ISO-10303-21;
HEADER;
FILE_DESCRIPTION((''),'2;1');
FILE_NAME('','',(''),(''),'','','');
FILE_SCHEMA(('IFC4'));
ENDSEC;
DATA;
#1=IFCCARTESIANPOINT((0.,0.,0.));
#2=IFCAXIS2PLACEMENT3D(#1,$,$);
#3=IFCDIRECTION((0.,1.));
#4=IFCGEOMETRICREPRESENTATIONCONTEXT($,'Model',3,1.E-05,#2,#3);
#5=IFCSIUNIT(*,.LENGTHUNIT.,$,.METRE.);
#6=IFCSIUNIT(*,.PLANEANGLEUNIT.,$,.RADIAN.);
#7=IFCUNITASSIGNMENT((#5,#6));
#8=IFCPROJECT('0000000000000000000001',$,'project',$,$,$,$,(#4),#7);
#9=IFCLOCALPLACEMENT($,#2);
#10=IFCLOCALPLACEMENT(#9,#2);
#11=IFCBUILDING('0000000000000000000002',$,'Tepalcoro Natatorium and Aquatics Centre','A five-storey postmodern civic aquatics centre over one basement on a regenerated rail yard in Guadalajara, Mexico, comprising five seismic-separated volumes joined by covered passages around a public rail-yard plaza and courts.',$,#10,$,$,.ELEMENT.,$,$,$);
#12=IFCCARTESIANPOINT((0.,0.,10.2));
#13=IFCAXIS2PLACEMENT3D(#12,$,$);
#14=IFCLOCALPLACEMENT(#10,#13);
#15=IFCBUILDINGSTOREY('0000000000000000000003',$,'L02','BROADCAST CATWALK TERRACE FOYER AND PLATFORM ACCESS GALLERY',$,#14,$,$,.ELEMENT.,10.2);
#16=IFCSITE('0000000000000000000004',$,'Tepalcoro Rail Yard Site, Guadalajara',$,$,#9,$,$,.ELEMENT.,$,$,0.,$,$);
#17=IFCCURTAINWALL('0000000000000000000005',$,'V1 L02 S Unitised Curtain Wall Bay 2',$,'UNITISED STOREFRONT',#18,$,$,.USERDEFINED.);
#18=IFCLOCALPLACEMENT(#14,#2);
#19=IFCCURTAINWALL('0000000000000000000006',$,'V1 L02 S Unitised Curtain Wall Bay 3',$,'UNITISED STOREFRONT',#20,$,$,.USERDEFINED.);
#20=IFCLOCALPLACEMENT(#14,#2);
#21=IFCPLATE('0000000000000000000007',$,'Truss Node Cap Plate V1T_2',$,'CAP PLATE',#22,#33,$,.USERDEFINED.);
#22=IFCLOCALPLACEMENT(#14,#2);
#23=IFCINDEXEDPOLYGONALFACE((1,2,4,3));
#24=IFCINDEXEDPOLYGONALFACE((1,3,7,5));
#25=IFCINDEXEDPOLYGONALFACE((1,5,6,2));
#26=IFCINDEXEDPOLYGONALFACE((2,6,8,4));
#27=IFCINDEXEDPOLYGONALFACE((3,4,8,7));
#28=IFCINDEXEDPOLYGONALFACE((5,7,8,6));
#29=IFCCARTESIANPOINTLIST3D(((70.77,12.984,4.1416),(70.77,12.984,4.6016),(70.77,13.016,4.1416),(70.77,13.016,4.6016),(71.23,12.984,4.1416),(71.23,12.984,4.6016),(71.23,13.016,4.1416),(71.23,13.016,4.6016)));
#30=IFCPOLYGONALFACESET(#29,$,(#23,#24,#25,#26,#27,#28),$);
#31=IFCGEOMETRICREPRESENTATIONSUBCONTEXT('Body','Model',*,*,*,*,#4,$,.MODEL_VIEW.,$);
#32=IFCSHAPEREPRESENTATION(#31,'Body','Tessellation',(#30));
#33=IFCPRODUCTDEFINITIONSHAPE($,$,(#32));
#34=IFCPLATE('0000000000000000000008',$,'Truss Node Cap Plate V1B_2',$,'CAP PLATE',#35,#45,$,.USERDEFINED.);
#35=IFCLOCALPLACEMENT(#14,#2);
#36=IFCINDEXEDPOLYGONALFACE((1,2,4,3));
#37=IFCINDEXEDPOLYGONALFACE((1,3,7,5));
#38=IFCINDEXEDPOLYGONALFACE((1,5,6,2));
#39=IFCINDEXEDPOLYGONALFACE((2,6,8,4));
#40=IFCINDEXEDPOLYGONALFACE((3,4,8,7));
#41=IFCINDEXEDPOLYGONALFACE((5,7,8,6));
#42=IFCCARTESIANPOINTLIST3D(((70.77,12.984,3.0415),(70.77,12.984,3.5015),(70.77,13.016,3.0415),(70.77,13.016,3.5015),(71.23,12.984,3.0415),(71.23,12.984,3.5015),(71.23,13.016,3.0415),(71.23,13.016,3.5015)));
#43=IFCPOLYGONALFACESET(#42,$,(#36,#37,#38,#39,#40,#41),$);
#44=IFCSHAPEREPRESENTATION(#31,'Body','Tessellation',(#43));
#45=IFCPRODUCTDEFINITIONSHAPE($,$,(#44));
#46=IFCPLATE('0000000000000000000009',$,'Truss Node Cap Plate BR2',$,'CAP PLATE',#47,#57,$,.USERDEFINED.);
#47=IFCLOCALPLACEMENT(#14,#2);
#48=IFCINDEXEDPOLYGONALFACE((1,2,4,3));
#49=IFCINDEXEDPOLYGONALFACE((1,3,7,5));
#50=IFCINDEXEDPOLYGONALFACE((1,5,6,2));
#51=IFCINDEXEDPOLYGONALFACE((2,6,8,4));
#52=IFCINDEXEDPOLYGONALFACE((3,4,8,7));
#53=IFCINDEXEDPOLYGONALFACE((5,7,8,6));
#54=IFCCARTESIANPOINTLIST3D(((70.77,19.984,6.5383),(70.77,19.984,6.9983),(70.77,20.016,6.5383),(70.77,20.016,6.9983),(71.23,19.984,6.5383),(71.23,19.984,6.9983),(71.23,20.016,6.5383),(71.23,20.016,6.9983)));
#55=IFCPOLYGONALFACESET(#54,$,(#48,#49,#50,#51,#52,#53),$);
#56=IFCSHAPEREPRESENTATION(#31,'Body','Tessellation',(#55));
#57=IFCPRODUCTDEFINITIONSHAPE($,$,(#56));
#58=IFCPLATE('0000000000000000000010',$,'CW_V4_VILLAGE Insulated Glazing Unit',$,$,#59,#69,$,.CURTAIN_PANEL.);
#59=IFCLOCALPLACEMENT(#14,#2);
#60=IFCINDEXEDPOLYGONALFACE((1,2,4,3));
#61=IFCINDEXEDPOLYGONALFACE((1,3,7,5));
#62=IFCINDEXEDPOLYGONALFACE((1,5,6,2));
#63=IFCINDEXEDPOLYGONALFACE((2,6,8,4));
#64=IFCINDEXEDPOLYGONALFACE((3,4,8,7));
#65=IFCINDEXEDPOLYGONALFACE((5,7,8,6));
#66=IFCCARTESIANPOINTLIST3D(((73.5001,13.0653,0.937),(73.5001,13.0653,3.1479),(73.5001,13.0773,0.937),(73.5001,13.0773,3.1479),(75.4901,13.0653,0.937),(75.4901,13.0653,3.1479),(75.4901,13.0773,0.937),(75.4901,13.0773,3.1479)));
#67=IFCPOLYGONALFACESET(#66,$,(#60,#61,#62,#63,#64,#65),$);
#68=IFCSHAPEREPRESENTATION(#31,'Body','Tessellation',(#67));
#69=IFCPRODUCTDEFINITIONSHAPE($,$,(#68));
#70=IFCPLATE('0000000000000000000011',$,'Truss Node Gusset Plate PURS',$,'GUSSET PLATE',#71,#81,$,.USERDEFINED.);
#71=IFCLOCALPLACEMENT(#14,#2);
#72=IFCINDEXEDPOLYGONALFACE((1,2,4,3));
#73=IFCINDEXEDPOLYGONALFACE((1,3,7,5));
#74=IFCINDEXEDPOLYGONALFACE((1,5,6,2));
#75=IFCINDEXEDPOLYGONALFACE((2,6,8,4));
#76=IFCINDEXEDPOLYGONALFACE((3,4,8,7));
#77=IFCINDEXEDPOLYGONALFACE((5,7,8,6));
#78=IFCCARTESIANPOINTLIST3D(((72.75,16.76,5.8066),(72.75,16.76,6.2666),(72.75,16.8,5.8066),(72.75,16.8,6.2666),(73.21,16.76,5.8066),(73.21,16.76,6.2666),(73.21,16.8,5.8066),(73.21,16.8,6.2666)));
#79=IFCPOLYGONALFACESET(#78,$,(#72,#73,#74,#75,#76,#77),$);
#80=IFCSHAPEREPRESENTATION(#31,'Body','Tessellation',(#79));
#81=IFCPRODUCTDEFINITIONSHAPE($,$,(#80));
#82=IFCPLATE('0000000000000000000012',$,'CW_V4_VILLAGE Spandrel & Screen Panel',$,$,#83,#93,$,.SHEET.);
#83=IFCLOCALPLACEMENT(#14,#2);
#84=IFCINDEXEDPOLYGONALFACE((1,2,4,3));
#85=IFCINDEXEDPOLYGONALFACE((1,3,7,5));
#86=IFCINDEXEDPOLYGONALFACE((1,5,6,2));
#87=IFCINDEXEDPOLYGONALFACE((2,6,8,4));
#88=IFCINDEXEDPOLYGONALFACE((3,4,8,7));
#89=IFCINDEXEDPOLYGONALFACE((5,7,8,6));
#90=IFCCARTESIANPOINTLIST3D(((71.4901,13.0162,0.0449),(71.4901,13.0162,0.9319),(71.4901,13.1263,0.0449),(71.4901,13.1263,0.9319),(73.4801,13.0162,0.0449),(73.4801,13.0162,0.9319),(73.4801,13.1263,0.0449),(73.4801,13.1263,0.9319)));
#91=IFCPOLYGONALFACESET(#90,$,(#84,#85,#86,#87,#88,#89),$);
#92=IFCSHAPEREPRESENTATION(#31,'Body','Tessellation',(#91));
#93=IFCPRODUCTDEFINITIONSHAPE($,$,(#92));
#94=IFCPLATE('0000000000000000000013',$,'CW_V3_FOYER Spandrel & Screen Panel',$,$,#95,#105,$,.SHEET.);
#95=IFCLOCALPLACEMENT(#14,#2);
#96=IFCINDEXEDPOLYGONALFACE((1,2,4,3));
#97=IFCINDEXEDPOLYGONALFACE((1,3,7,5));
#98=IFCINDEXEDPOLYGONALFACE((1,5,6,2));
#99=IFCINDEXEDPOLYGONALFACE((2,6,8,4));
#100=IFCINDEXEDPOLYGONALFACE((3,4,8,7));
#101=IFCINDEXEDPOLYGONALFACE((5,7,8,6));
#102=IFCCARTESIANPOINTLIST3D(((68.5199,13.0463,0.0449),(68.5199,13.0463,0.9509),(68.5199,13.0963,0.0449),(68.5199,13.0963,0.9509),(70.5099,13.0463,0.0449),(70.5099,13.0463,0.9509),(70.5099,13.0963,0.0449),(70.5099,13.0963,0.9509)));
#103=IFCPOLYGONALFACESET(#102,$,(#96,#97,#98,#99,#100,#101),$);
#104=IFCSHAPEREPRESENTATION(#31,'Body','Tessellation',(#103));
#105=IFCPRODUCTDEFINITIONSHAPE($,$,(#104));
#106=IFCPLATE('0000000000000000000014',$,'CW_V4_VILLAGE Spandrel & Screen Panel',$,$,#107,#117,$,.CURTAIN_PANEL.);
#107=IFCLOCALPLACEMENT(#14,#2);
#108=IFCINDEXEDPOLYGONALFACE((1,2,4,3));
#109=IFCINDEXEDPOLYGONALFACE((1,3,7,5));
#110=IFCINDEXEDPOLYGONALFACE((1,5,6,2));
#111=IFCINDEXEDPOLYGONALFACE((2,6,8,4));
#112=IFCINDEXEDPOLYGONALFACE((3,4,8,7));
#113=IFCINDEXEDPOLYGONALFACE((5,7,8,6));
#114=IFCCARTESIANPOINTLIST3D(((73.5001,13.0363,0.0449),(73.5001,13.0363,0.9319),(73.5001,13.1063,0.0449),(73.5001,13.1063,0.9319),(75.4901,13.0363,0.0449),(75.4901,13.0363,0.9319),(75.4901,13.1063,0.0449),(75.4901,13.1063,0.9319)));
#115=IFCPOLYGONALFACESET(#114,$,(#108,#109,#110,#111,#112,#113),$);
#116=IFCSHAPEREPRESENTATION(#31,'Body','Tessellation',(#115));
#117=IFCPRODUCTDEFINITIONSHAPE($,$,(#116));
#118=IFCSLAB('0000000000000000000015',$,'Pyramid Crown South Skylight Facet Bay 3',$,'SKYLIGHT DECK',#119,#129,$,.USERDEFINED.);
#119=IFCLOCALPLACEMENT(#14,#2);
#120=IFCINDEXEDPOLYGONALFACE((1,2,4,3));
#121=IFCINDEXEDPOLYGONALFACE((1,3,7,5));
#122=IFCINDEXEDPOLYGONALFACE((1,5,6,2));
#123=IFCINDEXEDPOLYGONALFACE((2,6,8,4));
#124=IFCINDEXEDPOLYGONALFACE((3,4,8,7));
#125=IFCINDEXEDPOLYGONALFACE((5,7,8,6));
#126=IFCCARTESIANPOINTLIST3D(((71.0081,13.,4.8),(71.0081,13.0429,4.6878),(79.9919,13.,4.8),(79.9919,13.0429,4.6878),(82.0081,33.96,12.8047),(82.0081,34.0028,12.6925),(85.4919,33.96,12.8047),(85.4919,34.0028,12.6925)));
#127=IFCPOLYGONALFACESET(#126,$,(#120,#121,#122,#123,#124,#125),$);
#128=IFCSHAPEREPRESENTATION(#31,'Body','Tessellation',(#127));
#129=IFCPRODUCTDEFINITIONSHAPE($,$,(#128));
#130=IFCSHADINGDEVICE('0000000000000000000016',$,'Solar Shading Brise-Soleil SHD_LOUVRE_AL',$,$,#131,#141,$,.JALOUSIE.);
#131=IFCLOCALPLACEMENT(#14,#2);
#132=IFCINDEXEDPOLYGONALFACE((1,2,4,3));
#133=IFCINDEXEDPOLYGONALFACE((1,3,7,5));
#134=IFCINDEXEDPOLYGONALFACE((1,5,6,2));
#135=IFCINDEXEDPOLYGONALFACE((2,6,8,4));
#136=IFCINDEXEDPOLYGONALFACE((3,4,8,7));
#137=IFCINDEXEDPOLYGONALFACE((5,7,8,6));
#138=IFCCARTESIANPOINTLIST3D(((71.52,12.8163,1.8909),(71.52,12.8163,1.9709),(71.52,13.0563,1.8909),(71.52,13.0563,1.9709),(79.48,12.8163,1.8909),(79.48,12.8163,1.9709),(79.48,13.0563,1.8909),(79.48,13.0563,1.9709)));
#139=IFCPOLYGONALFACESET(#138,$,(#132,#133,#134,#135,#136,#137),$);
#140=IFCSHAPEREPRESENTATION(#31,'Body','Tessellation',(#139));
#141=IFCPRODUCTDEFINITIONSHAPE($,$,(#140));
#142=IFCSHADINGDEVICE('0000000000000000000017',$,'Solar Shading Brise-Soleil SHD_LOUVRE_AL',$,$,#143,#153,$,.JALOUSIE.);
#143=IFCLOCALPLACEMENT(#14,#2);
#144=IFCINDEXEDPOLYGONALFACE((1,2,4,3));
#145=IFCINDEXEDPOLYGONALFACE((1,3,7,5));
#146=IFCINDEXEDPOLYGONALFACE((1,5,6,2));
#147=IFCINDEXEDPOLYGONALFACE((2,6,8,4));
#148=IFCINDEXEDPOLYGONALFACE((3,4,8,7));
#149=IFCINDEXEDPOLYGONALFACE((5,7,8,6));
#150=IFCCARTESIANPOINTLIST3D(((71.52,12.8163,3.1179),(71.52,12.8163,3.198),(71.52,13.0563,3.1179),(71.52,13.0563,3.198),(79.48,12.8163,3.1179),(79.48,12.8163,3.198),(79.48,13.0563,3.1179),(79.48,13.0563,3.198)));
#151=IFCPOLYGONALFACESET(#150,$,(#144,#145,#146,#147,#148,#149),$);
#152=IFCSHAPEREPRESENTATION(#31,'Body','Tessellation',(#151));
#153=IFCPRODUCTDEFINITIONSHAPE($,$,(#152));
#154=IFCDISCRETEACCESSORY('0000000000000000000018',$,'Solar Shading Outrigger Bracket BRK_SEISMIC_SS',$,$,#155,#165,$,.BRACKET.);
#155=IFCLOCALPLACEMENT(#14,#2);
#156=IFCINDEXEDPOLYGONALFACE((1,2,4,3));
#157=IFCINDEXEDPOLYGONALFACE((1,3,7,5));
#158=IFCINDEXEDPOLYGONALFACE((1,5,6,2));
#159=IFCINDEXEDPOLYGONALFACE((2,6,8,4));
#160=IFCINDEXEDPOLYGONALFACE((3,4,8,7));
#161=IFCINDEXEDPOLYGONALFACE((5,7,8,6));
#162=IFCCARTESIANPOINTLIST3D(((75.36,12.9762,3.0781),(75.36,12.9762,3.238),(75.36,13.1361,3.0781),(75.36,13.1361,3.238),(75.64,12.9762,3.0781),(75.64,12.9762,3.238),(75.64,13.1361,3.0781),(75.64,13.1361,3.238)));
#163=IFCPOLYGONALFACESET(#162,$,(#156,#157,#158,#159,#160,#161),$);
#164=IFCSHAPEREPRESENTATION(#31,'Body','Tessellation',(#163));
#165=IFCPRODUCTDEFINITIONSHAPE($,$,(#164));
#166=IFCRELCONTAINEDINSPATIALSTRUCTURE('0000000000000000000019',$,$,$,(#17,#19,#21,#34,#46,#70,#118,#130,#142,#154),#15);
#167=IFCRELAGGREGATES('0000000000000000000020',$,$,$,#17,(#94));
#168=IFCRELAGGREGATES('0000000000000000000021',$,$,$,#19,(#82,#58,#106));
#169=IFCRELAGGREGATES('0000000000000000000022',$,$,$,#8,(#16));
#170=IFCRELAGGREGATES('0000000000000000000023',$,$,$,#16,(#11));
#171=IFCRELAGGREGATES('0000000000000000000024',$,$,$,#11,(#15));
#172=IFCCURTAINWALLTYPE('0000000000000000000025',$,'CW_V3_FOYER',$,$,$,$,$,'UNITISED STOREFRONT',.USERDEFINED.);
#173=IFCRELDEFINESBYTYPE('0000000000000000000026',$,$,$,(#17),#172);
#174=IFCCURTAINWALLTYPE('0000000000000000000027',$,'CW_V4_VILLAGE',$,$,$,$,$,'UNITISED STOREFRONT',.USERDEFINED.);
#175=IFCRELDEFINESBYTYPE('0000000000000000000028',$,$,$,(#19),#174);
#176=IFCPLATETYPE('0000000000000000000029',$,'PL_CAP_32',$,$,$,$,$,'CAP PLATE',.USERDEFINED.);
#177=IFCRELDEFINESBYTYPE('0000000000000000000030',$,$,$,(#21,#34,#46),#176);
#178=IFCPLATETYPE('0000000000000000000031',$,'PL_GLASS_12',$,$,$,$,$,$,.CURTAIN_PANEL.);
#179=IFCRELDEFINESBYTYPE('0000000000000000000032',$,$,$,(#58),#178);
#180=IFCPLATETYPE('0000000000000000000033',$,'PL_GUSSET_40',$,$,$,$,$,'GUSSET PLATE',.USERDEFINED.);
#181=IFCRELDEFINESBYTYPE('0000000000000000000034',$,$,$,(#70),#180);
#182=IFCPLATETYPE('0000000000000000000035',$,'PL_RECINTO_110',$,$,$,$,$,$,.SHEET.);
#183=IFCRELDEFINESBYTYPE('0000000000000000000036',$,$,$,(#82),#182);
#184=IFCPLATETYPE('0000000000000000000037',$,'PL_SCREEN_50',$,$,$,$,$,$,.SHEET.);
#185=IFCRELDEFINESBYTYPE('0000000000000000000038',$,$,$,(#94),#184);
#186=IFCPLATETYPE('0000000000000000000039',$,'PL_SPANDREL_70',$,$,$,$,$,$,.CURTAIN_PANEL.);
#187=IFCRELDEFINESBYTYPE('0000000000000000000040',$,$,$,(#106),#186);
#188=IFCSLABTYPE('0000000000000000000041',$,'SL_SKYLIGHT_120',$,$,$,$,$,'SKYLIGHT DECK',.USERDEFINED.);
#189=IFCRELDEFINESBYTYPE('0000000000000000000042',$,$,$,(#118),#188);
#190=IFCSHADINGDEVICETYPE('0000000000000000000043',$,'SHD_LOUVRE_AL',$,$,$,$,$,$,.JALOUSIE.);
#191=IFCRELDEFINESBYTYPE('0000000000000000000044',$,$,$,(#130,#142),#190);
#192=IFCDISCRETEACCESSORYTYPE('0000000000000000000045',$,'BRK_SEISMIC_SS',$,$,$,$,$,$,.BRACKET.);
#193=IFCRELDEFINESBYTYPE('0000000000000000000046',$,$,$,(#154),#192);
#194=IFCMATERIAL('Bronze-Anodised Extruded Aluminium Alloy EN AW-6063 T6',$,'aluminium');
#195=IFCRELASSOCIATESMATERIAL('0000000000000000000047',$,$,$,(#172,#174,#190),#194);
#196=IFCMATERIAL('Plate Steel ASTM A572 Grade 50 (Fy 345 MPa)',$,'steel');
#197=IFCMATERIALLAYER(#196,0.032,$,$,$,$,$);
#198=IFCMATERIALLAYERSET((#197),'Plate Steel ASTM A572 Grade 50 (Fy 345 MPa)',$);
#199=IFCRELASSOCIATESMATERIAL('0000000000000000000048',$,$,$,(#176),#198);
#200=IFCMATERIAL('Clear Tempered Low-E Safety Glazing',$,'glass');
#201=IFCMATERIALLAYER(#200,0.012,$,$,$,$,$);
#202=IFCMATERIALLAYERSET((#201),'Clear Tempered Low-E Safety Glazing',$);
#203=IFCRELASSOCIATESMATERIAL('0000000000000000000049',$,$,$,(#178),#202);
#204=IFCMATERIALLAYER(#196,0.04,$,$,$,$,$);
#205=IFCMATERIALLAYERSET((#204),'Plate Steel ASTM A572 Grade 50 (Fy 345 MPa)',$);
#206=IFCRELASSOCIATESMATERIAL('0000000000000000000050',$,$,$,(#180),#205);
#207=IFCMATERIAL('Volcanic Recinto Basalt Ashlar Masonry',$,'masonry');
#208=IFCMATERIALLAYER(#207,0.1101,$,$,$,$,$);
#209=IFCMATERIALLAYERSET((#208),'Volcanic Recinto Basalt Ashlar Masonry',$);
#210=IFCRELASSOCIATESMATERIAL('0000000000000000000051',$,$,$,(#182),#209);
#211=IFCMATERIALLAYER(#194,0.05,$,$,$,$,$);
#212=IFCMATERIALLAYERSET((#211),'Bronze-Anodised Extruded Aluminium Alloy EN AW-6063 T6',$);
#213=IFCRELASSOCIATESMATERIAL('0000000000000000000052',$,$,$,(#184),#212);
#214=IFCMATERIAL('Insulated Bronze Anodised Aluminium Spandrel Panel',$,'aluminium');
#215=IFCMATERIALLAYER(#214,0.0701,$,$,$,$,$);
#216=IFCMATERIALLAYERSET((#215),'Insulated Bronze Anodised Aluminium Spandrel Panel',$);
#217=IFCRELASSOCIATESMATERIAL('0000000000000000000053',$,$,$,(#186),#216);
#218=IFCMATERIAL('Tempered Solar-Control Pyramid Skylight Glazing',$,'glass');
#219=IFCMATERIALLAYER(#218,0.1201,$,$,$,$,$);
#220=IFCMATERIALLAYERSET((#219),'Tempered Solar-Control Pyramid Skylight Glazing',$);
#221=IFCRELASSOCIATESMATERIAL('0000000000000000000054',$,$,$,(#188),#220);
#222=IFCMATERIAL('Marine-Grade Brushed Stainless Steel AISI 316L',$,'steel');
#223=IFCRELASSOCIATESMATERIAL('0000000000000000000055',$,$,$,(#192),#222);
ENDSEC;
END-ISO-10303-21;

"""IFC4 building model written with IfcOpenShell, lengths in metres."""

from ifc_helpers import new_model, si_unit, direction, frame, origin, origin_2d, place, context, subcontext, project, spatial, polyline, rectangle, outline, extrude, material, layer, layer_set, type_object, element, aggregate, save


model = new_model("IFC4")

# Units and contexts
model_context = context("Model", 3, precision=1e-05, world=origin(), true_north=direction((0.0, 1.0)))
body_context = subcontext(model_context, "Body", "Model", "MODEL_VIEW")
ifc_project = project(units=[si_unit("LENGTHUNIT", "METRE"), si_unit("PLANEANGLEUNIT", "RADIAN")], contexts=[model_context])

# Site, building, storey
site_placement = place(None, origin())
site = spatial("IfcSite", under=ifc_project, at=site_placement, Name="Tepalcoro Rail Yard Site, Guadalajara", CompositionType="ELEMENT", RefElevation=0.0)
building_placement = place(site_placement, origin())
building = spatial("IfcBuilding", under=site, at=building_placement, Name="Tepalcoro Natatorium and Aquatics Centre", Description="A five-storey postmodern civic aquatics centre over one basement on a regenerated rail yard in Guadalajara, Mexico, comprising five seismic-separated volumes joined by covered passages around a public rail-yard plaza and courts.", CompositionType="ELEMENT")
storey_placement = place(building_placement, frame((0.0, 0.0, 10.2)))
storey = spatial("IfcBuildingStorey", under=building, at=storey_placement, Name="L02", Description="BROADCAST CATWALK TERRACE FOYER AND PLATFORM ACCESS GALLERY", CompositionType="ELEMENT", Elevation=10.2)

# Curtain wall
ifc_material_1 = material(Name="Bronze-Anodised Extruded Aluminium Alloy EN AW-6063 T6", Category="aluminium")
curtain_wall_type_1 = type_object("IfcCurtainWallType", Name="CW_V3_FOYER", ElementType="UNITISED STOREFRONT", PredefinedType="USERDEFINED", material=ifc_material_1)
curtain_wall_1_placement = place(storey_placement, origin())
curtain_wall_1 = element("IfcCurtainWall", 1, at=curtain_wall_1_placement, inside=storey, type_object=curtain_wall_type_1, Name="V1 L02 S Unitised Curtain Wall Bay 2", ObjectType="UNITISED STOREFRONT", PredefinedType="USERDEFINED")

# Curtain wall
curtain_wall_type_2 = type_object("IfcCurtainWallType", Name="CW_V4_VILLAGE", ElementType="UNITISED STOREFRONT", PredefinedType="USERDEFINED", material=ifc_material_1)
curtain_wall_2_placement = place(storey_placement, origin())
curtain_wall_2 = element("IfcCurtainWall", 2, at=curtain_wall_2_placement, inside=storey, type_object=curtain_wall_type_2, Name="V1 L02 S Unitised Curtain Wall Bay 3", ObjectType="UNITISED STOREFRONT", PredefinedType="USERDEFINED")

# Plates
ifc_material_2 = material(Name="Plate Steel ASTM A572 Grade 50 (Fy 345 MPa)", Category="steel")
ifc_layer_1 = layer(ifc_material_2, 0.032)
ifc_layer_set_1 = layer_set([ifc_layer_1], Name="Plate Steel ASTM A572 Grade 50 (Fy 345 MPa)")
plate_type_1 = type_object("IfcPlateType", Name="PL_CAP_32", ElementType="CAP PLATE", PredefinedType="USERDEFINED", material=ifc_layer_set_1)
for number, where, z_axis, x_axis, name in (
    (3, (71.0, 13.0, 4.1416), (0.0, 0.0, 1.0), (1.0, 0.0, 0.0), "Truss Node Cap Plate V1T_2"),
    (4, (71.0, 13.0, 3.0415), (0.0, 0.0, 1.0), (1.0, 0.0, 0.0), "Truss Node Cap Plate V1B_2"),
    (5, (71.0, 20.0, 6.5383), (0.0, 0.0, 1.0), (1.0, 0.0, 0.0), "Truss Node Cap Plate BR2"),
):
    element("IfcPlate", number, at=place(storey_placement, frame(where, z_axis=z_axis, x_axis=x_axis)), inside=storey, type_object=plate_type_1, Name=name, ObjectType="CAP PLATE", PredefinedType="USERDEFINED", context=body_context, shape_type="SweptSolid", body=[
        extrude(rectangle(XDim=0.46, YDim=0.032, at=origin_2d()), origin(), (0.0, 0.0, 1.0), 0.46),
    ])

# Plates
ifc_material_3 = material(Name="Clear Tempered Low-E Safety Glazing", Category="glass")
ifc_layer_2 = layer(ifc_material_3, 0.012)
ifc_layer_set_2 = layer_set([ifc_layer_2], Name="Clear Tempered Low-E Safety Glazing")
plate_type_2 = type_object("IfcPlateType", Name="PL_GLASS_12", PredefinedType="CURTAIN_PANEL", material=ifc_layer_set_2)
plate_1_placement = place(storey_placement, frame((74.4951, 13.0713, 0.937), z_axis=(0.0, 0.0, 1.0), x_axis=(1.0, 0.0, 0.0)))
plate_1 = element("IfcPlate", 6, at=plate_1_placement, type_object=plate_type_2, Name="CW_V4_VILLAGE Insulated Glazing Unit", PredefinedType="CURTAIN_PANEL", context=body_context, shape_type="SweptSolid", body=[
    extrude(rectangle(XDim=1.99, YDim=0.012, at=origin_2d()), origin(), (0.0, 0.0, 1.0), 2.2109),
])
ifc_layer_3 = layer(ifc_material_2, 0.04)
ifc_layer_set_3 = layer_set([ifc_layer_3], Name="Plate Steel ASTM A572 Grade 50 (Fy 345 MPa)")
plate_type_3 = type_object("IfcPlateType", Name="PL_GUSSET_40", ElementType="GUSSET PLATE", PredefinedType="USERDEFINED", material=ifc_layer_set_3)
plate_2_placement = place(storey_placement, frame((72.98, 16.78, 5.8066), z_axis=(0.0, 0.0, 1.0), x_axis=(1.0, 0.0, 0.0)))
element("IfcPlate", 7, at=plate_2_placement, inside=storey, type_object=plate_type_3, Name="Truss Node Gusset Plate PURS", ObjectType="GUSSET PLATE", PredefinedType="USERDEFINED", context=body_context, shape_type="SweptSolid", body=[
    extrude(rectangle(XDim=0.46, YDim=0.04, at=origin_2d()), origin(), (0.0, 0.0, 1.0), 0.46),
])
ifc_material_4 = material(Name="Volcanic Recinto Basalt Ashlar Masonry", Category="masonry")
ifc_layer_4 = layer(ifc_material_4, 0.1101)
ifc_layer_set_4 = layer_set([ifc_layer_4], Name="Volcanic Recinto Basalt Ashlar Masonry")
plate_type_4 = type_object("IfcPlateType", Name="PL_RECINTO_110", PredefinedType="SHEET", material=ifc_layer_set_4)
plate_3_placement = place(storey_placement, frame((72.4851, 13.0713, 0.0449), z_axis=(0.0, 0.0, 1.0), x_axis=(1.0, 0.0, 0.0)))
plate_3 = element("IfcPlate", 8, at=plate_3_placement, type_object=plate_type_4, Name="CW_V4_VILLAGE Spandrel & Screen Panel", PredefinedType="SHEET", context=body_context, shape_type="SweptSolid", body=[
    extrude(rectangle(XDim=1.99, YDim=0.1101, at=origin_2d()), origin(), (0.0, 0.0, 1.0), 0.887),
])
ifc_layer_5 = layer(ifc_material_1, 0.05)
ifc_layer_set_5 = layer_set([ifc_layer_5], Name="Bronze-Anodised Extruded Aluminium Alloy EN AW-6063 T6")
plate_type_5 = type_object("IfcPlateType", Name="PL_SCREEN_50", PredefinedType="SHEET", material=ifc_layer_set_5)
plate_4_placement = place(storey_placement, frame((69.5149, 13.0713, 0.0449), z_axis=(0.0, 0.0, 1.0), x_axis=(1.0, 0.0, 0.0)))
plate_4 = element("IfcPlate", 9, at=plate_4_placement, type_object=plate_type_5, Name="CW_V3_FOYER Spandrel & Screen Panel", PredefinedType="SHEET", context=body_context, shape_type="SweptSolid", body=[
    extrude(rectangle(XDim=1.99, YDim=0.05, at=origin_2d()), origin(), (0.0, 0.0, 1.0), 0.906),
])
aggregate(curtain_wall_1, [plate_4])
ifc_material_5 = material(Name="Insulated Bronze Anodised Aluminium Spandrel Panel", Category="aluminium")
ifc_layer_6 = layer(ifc_material_5, 0.0701)
ifc_layer_set_6 = layer_set([ifc_layer_6], Name="Insulated Bronze Anodised Aluminium Spandrel Panel")
plate_type_6 = type_object("IfcPlateType", Name="PL_SPANDREL_70", PredefinedType="CURTAIN_PANEL", material=ifc_layer_set_6)
plate_5_placement = place(storey_placement, frame((74.4951, 13.0713, 0.0449), z_axis=(0.0, 0.0, 1.0), x_axis=(1.0, 0.0, 0.0)))
plate_5 = element("IfcPlate", 10, at=plate_5_placement, type_object=plate_type_6, Name="CW_V4_VILLAGE Spandrel & Screen Panel", PredefinedType="CURTAIN_PANEL", context=body_context, shape_type="SweptSolid", body=[
    extrude(rectangle(XDim=1.99, YDim=0.0701, at=origin_2d()), origin(), (0.0, 0.0, 1.0), 0.887),
])
aggregate(curtain_wall_2, [plate_3, plate_1, plate_5])

# Slab
ifc_material_6 = material(Name="Tempered Solar-Control Pyramid Skylight Glazing", Category="glass")
ifc_layer_7 = layer(ifc_material_6, 0.1201)
ifc_layer_set_7 = layer_set([ifc_layer_7], Name="Tempered Solar-Control Pyramid Skylight Glazing")
slab_type = type_object("IfcSlabType", Name="SL_SKYLIGHT_120", ElementType="SKYLIGHT DECK", PredefinedType="USERDEFINED", material=ifc_layer_set_7)
slab_placement = place(storey_placement, frame((71.0081, 13.0, 4.8), z_axis=(0.0, -0.356769, 0.934192), x_axis=(1.0, 0.0, 0.0)))
element("IfcSlab", 11, at=slab_placement, inside=storey, type_object=slab_type, Name="Pyramid Crown South Skylight Facet Bay 3", ObjectType="SKYLIGHT DECK", PredefinedType="USERDEFINED", context=body_context, shape_type="SweptSolid", body=[
    extrude(outline(polyline([(0.0, 0.0), (8.9839, 0.0), (14.4839, 22.4364), (11.0, 22.4364), (0.0, 0.0)])), origin(), (0.0, 0.0, -1.0), 0.1201),
])

# Shading devices
shading_device_type = type_object("IfcShadingDeviceType", Name="SHD_LOUVRE_AL", PredefinedType="JALOUSIE", material=ifc_material_1)
for number, where, z_axis, x_axis, name in (
    (12, (75.5, 12.9363, 1.8909), (0.0, 0.0, 1.0), (1.0, 0.0, 0.0), "Solar Shading Brise-Soleil SHD_LOUVRE_AL"),
    (13, (75.5, 12.9363, 3.1179), (0.0, 0.0, 1.0), (1.0, 0.0, 0.0), "Solar Shading Brise-Soleil SHD_LOUVRE_AL"),
):
    element("IfcShadingDevice", number, at=place(storey_placement, frame(where, z_axis=z_axis, x_axis=x_axis)), inside=storey, type_object=shading_device_type, Name=name, PredefinedType="JALOUSIE", context=body_context, shape_type="SweptSolid", body=[
        extrude(rectangle(XDim=7.96, YDim=0.24, at=origin_2d()), origin(), (0.0, 0.0, 1.0), 0.0801),
    ])

# Discrete accessory
ifc_material_7 = material(Name="Marine-Grade Brushed Stainless Steel AISI 316L", Category="steel")
discrete_accessory_type = type_object("IfcDiscreteAccessoryType", Name="BRK_SEISMIC_SS", PredefinedType="BRACKET", material=ifc_material_7)
discrete_accessory_placement = place(storey_placement, frame((75.5, 13.0562, 3.0781), z_axis=(0.0, 0.0, 1.0), x_axis=(1.0, 0.0, 0.0)))
element("IfcDiscreteAccessory", 14, at=discrete_accessory_placement, inside=storey, type_object=discrete_accessory_type, Name="Solar Shading Outrigger Bracket BRK_SEISMIC_SS", PredefinedType="BRACKET", context=body_context, shape_type="SweptSolid", body=[
    extrude(rectangle(XDim=0.28, YDim=0.1599, at=origin_2d()), origin(), (0.0, 0.0, 1.0), 0.1599),
])

save(model, "model.ifc")
